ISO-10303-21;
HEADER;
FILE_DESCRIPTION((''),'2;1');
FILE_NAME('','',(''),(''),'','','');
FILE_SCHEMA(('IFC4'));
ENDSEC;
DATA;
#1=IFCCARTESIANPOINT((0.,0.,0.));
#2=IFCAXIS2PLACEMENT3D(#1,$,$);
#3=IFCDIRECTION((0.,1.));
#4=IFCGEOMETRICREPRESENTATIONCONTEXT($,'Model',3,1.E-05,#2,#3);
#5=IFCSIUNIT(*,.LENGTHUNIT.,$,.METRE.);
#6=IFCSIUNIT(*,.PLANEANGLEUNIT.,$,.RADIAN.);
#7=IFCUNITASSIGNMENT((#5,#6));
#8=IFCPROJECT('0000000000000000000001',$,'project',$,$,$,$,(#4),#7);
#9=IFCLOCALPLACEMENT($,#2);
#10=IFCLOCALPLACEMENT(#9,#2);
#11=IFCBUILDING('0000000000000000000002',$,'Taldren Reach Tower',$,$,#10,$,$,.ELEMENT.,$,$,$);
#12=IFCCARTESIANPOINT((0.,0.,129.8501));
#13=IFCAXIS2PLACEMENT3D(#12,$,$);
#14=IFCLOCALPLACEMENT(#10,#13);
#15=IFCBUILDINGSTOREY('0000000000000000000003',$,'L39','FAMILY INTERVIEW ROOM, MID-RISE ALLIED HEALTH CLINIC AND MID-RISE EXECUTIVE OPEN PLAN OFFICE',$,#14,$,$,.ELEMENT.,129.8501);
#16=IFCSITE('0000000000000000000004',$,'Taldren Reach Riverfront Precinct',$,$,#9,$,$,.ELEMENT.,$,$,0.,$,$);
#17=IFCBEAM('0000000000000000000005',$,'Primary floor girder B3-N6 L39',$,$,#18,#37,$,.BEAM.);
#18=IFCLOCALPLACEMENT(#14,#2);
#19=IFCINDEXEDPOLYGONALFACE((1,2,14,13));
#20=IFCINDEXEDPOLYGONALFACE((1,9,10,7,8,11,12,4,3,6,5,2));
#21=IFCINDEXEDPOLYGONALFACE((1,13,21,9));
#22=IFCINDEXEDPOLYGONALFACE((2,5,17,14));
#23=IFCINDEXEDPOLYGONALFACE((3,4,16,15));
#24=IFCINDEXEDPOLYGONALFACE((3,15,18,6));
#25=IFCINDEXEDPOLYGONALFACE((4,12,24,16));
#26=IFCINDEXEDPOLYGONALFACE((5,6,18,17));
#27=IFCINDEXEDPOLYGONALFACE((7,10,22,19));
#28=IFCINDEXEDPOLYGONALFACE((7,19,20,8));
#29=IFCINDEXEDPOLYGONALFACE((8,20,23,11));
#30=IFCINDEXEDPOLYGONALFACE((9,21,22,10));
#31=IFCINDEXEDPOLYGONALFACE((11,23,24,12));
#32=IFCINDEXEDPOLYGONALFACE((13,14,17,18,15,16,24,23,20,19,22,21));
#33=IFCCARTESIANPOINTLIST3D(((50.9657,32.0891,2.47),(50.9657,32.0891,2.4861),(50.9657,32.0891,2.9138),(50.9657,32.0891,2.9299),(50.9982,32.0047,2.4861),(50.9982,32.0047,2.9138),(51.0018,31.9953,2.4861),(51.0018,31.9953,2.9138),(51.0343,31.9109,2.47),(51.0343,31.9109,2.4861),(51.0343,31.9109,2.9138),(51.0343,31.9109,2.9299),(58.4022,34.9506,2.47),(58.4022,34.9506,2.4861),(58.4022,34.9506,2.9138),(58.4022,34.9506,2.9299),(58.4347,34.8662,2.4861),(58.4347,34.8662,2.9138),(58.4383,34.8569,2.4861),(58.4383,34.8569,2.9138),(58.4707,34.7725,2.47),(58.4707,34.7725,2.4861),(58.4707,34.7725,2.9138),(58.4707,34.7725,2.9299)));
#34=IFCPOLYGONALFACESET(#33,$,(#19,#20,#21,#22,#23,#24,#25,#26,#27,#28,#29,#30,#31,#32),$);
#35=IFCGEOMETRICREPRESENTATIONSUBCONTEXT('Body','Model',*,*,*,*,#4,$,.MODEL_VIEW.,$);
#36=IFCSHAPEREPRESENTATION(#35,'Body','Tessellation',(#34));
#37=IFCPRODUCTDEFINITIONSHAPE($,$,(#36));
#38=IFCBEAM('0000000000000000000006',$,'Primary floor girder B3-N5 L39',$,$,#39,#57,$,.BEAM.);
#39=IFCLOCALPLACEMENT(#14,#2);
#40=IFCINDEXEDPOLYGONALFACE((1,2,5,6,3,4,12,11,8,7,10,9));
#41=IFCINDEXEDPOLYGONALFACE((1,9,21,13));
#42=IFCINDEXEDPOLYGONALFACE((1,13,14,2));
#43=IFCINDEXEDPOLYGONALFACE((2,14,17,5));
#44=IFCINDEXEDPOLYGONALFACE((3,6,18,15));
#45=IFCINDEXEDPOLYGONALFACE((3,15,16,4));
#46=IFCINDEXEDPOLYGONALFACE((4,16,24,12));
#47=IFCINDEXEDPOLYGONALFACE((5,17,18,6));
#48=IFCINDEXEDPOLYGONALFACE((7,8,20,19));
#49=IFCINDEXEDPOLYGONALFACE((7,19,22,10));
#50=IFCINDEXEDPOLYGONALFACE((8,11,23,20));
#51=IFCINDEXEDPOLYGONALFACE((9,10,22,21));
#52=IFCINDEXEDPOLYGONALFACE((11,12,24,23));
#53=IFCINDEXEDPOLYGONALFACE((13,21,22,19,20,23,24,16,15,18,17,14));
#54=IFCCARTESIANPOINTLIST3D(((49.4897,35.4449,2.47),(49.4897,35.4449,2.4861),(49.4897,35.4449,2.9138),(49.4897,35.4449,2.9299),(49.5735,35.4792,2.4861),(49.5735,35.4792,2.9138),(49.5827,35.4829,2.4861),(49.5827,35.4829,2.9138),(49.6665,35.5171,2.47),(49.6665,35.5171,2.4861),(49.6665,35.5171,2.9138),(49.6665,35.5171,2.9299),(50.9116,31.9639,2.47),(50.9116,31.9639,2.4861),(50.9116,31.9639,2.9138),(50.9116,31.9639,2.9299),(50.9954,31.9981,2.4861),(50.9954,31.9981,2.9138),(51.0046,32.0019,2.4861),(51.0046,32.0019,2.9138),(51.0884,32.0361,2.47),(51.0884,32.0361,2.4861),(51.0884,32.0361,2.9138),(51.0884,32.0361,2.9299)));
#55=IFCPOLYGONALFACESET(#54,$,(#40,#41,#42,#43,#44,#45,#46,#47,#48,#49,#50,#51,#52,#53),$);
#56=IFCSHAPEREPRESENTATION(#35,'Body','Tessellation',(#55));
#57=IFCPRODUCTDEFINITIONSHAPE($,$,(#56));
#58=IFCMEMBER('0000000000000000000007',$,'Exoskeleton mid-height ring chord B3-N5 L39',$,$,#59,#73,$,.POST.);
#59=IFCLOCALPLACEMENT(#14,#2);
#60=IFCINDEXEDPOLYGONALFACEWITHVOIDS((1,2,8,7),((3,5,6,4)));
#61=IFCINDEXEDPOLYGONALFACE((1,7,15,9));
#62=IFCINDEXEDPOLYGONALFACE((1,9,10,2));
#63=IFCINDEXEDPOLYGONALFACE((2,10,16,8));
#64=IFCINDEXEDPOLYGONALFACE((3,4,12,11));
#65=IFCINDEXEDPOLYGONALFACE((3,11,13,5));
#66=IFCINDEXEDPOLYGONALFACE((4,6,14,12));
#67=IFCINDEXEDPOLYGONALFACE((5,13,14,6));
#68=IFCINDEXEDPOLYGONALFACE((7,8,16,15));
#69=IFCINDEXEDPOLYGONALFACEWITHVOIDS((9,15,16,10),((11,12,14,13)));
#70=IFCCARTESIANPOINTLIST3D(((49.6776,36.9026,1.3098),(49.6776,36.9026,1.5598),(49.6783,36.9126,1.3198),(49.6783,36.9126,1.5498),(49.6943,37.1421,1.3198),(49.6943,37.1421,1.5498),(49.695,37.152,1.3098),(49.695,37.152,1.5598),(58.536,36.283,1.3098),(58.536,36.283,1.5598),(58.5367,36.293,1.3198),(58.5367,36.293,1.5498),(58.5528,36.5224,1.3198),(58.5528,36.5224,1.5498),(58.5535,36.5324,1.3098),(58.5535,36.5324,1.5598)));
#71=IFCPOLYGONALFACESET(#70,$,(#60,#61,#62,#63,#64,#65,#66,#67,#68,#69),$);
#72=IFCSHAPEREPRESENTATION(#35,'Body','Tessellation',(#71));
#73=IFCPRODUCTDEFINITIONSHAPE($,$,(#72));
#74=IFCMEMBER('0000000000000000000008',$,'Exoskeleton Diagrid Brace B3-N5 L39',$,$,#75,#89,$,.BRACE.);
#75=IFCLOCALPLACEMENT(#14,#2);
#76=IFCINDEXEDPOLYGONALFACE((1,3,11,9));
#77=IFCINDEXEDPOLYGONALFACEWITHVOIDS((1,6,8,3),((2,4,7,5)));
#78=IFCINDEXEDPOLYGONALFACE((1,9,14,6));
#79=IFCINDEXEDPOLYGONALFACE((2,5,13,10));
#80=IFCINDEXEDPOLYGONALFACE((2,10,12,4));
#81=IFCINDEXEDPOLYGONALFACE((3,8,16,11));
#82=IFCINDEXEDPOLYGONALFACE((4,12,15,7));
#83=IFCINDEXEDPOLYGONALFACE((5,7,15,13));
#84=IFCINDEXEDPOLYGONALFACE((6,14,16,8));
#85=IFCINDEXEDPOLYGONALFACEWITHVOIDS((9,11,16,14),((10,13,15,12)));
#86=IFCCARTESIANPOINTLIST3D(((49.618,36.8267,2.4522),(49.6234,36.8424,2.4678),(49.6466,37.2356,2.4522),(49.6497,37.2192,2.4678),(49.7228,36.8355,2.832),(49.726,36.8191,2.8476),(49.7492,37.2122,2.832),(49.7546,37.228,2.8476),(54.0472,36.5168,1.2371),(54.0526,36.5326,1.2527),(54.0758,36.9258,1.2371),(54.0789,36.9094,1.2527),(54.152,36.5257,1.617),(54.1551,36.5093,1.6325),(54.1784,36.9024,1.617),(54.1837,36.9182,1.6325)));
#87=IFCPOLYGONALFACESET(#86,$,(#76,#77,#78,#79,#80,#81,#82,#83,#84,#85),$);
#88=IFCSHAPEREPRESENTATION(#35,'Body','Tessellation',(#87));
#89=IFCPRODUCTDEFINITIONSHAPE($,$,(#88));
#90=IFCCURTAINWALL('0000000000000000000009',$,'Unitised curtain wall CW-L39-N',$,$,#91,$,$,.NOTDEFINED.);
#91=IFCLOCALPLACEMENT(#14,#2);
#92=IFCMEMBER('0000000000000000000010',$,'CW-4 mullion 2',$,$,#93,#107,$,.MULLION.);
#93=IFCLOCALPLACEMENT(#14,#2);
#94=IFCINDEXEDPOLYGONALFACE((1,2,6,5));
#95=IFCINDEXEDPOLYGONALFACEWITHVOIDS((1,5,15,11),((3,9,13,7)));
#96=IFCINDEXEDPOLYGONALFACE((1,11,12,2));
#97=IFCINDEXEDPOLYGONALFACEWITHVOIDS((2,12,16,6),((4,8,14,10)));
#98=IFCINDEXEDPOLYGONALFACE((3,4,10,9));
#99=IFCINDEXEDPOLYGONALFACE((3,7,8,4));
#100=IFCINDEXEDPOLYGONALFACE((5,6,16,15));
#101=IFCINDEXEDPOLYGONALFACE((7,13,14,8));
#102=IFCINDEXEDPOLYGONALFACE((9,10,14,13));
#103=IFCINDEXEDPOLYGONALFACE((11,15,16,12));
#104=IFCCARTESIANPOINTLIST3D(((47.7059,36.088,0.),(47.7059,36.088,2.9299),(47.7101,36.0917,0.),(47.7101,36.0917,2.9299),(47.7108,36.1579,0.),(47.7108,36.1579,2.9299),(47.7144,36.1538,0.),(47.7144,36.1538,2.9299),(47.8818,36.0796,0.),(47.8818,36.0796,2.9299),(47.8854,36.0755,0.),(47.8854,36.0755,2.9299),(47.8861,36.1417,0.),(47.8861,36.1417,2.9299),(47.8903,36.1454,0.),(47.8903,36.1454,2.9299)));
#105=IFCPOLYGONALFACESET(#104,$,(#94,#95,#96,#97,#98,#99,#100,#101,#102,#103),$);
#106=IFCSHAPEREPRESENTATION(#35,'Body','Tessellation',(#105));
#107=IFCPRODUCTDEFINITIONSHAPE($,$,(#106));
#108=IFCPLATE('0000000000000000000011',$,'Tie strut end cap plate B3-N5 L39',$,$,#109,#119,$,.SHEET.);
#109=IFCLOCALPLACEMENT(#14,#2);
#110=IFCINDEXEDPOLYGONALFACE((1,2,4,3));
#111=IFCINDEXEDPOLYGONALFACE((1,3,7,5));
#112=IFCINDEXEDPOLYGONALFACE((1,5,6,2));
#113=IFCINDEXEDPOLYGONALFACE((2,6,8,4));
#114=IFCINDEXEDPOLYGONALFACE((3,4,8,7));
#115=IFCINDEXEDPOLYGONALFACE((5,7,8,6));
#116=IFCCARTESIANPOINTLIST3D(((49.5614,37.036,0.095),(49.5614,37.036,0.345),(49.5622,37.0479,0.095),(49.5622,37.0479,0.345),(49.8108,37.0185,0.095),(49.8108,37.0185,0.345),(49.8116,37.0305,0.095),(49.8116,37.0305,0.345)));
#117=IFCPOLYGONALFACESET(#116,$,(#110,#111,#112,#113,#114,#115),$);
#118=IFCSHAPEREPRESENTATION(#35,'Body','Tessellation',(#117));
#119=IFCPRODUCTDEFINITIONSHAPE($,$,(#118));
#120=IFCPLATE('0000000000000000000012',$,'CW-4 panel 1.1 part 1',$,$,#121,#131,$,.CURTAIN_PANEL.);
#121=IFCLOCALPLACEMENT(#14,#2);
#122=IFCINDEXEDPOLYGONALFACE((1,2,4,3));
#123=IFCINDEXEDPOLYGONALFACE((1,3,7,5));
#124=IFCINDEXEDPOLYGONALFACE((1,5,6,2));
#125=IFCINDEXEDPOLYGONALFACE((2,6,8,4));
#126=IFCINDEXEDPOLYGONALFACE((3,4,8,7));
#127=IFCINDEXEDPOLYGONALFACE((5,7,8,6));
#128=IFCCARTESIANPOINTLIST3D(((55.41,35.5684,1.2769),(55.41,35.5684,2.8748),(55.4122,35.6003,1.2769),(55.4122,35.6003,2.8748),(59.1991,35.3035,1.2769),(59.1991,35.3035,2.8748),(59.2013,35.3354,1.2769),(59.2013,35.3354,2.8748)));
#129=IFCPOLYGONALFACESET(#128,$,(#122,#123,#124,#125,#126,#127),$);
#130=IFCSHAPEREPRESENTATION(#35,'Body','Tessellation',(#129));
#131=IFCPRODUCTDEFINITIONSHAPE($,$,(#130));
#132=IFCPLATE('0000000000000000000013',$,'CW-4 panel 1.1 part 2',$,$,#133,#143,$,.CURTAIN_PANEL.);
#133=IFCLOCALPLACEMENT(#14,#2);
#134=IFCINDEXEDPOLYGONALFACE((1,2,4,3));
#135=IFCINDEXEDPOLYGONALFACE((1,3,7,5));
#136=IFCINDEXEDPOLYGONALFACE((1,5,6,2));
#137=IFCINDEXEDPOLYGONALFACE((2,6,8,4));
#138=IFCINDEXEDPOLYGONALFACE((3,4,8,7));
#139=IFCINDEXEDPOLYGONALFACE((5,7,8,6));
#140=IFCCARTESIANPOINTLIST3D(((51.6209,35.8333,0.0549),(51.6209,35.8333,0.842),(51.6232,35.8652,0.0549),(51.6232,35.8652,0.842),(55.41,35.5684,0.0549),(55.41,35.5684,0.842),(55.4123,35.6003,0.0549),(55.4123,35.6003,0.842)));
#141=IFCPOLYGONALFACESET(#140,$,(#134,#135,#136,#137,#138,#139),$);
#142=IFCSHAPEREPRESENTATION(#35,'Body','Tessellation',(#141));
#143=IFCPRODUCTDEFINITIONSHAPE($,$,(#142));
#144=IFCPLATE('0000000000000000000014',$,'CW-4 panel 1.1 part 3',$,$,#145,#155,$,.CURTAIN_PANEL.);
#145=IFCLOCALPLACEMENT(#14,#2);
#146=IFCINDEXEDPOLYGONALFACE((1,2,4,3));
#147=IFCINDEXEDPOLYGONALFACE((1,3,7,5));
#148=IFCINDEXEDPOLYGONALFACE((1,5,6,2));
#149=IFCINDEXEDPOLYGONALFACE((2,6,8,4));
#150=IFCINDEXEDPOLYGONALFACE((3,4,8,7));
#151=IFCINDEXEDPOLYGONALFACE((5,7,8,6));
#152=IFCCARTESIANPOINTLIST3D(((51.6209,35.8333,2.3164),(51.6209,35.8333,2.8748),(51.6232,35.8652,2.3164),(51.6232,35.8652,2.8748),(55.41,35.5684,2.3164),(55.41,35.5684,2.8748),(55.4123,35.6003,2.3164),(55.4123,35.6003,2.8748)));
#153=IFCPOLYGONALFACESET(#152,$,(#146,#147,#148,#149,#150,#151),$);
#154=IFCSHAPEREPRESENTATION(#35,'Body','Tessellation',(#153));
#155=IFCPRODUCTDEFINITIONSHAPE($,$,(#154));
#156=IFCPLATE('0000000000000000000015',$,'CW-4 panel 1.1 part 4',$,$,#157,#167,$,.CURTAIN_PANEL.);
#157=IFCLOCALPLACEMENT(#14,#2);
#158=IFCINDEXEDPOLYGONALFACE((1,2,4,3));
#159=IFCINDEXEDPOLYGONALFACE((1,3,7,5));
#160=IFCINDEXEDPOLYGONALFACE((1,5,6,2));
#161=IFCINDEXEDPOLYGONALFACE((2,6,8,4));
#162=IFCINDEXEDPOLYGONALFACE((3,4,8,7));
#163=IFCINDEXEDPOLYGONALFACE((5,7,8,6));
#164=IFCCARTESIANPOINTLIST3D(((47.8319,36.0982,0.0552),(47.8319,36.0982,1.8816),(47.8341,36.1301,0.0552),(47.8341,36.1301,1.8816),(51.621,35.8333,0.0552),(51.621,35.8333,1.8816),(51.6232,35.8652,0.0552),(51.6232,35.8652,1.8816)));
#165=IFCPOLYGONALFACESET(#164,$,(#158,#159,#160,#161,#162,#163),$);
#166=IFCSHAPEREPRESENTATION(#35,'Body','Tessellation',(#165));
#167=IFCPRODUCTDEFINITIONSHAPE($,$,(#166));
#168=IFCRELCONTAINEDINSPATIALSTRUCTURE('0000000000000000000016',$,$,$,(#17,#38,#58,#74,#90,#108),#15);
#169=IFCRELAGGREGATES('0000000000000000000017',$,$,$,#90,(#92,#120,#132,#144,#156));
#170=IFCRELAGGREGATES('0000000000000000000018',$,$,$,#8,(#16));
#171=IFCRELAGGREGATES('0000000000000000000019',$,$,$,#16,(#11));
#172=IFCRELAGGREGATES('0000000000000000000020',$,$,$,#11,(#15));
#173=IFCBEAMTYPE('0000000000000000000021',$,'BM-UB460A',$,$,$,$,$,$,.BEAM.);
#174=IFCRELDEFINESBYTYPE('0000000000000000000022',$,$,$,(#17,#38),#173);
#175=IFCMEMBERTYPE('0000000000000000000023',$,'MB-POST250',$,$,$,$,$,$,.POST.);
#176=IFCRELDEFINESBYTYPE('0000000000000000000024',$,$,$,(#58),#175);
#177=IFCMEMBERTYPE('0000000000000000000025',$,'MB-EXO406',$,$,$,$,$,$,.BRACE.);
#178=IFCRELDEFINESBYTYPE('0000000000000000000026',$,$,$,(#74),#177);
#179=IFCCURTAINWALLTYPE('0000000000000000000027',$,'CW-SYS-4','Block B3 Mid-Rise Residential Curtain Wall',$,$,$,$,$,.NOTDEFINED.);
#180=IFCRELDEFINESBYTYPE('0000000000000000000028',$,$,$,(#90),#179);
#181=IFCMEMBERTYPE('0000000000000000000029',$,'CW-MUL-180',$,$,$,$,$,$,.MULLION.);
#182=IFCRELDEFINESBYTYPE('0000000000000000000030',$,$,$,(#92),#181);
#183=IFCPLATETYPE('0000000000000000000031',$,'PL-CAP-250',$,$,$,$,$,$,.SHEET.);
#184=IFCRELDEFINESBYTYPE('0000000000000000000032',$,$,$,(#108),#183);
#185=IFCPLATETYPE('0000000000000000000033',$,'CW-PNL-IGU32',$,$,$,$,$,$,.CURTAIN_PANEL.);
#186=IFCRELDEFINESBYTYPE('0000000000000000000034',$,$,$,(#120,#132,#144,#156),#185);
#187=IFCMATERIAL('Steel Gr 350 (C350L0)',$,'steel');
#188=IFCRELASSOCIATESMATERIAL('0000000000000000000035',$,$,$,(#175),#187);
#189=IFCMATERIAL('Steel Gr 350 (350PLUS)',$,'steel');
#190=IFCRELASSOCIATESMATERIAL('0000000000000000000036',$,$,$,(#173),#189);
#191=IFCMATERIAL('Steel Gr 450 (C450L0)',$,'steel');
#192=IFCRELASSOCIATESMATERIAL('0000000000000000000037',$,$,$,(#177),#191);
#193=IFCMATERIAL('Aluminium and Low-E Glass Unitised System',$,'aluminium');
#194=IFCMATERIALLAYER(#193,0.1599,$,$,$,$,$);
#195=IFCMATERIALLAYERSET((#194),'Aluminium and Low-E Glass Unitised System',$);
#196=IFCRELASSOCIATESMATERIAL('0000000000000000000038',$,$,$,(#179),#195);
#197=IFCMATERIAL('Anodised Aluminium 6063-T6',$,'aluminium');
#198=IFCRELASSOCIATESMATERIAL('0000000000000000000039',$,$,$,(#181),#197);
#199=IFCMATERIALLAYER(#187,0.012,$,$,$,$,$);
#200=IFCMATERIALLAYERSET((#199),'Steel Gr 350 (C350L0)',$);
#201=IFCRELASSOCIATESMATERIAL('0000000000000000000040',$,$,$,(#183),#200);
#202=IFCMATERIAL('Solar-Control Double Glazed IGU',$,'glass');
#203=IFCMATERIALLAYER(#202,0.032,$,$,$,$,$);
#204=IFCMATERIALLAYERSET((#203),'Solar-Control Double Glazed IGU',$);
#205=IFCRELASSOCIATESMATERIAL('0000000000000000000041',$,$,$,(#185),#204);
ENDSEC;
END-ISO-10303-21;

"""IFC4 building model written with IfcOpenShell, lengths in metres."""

from ifc_helpers import new_model, si_unit, direction, frame, origin, origin_2d, place, context, subcontext, project, spatial, rectangle, hollow_rectangle, i_section, extrude, source, transform, mapped, material, layer, layer_set, material_profile, profile_set, type_object, element, aggregate, save


model = new_model("IFC4")

# Units and contexts
model_context = context("Model", 3, precision=1e-05, world=origin(), true_north=direction((0.0, 1.0)))
body_context = subcontext(model_context, "Body", "Model", "MODEL_VIEW")
ifc_project = project(units=[si_unit("LENGTHUNIT", "METRE"), si_unit("PLANEANGLEUNIT", "RADIAN")], contexts=[model_context])

# Site, building, storey
site_placement = place(None, origin())
site = spatial("IfcSite", under=ifc_project, at=site_placement, Name="Taldren Reach Riverfront Precinct", CompositionType="ELEMENT", RefElevation=0.0)
building_placement = place(site_placement, origin())
building = spatial("IfcBuilding", under=site, at=building_placement, Name="Taldren Reach Tower", CompositionType="ELEMENT")
storey_placement = place(building_placement, frame((0.0, 0.0, 129.8501)))
storey = spatial("IfcBuildingStorey", under=building, at=storey_placement, Name="L39", Description="FAMILY INTERVIEW ROOM, MID-RISE ALLIED HEALTH CLINIC AND MID-RISE EXECUTIVE OPEN PLAN OFFICE", CompositionType="ELEMENT", Elevation=129.8501)

# Shared definitions
ifc_material_1 = material(Name="Steel Gr 450 (C450L0)", Category="steel")
ifc_material_2 = material(Name="Steel Gr 350 (350PLUS)", Category="steel")

# Shared definitions
ifc_material_3 = material(Name="Steel Gr 350 (C350L0)", Category="steel")
ifc_material_profile_1 = material_profile(ifc_material_3, hollow_rectangle(XDim=0.25, YDim=0.25, WallThickness=0.01, at=origin_2d()), Name="250x250x10.0SHS")
ifc_profile_set_1 = profile_set([ifc_material_profile_1], Name="Steel Gr 350 (C350L0)")
member_type_1 = type_object("IfcMemberType", Name="MB-POST250", PredefinedType="POST", material=ifc_profile_set_1)

# Beams
ifc_material_profile_2 = material_profile(ifc_material_2, i_section(OverallWidth=0.1909, OverallDepth=0.46, WebThickness=0.01, FlangeThickness=0.0161, at=origin_2d()), Name="460UB82.1")
ifc_profile_set_2 = profile_set([ifc_material_profile_2], Name="Steel Gr 350 (350PLUS)")
beam_type_1 = type_object("IfcBeamType", Name="BM-UB460A", PredefinedType="BEAM", material=ifc_profile_set_2)
shared_shape_1 = source(origin(), body_context, "Body", "SweptSolid", [
    extrude(i_section(OverallWidth=0.1909, OverallDepth=0.46, WebThickness=0.01, FlangeThickness=0.0161, at=origin_2d()), origin(), (0.0, 0.0, 1.0), 7.968),
])
beam_1_placement = place(storey_placement, frame((51.0, 32.0, 2.7), z_axis=(0.933288, 0.359129, 0.0), x_axis=(-0.359129, 0.933288, 0.0)))
element("IfcBeam", 1, at=beam_1_placement, inside=storey, type_object=beam_type_1, Name="Primary floor girder B3-N6 L39", PredefinedType="BEAM", context=body_context, shape_type="MappedRepresentation", body=[
    mapped(shared_shape_1, transform((0.0, 0.0, 0.0), scale=1.0)),
])
shared_shape_2 = source(origin(), body_context, "Body", "SweptSolid", [
    extrude(i_section(OverallWidth=0.1909, OverallDepth=0.46, WebThickness=0.01, FlangeThickness=0.0161, at=origin_2d()), origin(), (0.0, 0.0, 1.0), 3.7603),
])
beam_2_placement = place(storey_placement, frame((51.0, 32.0, 2.7), z_axis=(-0.378142, 0.925747, 0.0), x_axis=(-0.925747, -0.378142, 0.0)))
element("IfcBeam", 2, at=beam_2_placement, inside=storey, type_object=beam_type_1, Name="Primary floor girder B3-N5 L39", PredefinedType="BEAM", context=body_context, shape_type="MappedRepresentation", body=[
    mapped(shared_shape_2, transform((0.0, 0.0, 0.0), scale=1.0)),
])

# Members
shared_shape_3 = source(origin(), body_context, "Body", "SweptSolid", [
    extrude(hollow_rectangle(XDim=0.25, YDim=0.25, WallThickness=0.01, at=origin_2d()), origin(), (0.0, 0.0, 1.0), 8.8801),
])
member_1_placement = place(storey_placement, frame((49.6863, 37.0273, 1.4348), z_axis=(0.997563, -0.069778, 0.0), x_axis=(0.069778, 0.997563, 0.0)))
element("IfcMember", 3, at=member_1_placement, inside=storey, type_object=member_type_1, Name="Exoskeleton mid-height ring chord B3-N5 L39", PredefinedType="POST", context=body_context, shape_type="MappedRepresentation", body=[
    mapped(shared_shape_3, transform((0.0, 0.0, 0.0), scale=1.0)),
])
ifc_material_profile_3 = material_profile(ifc_material_1, hollow_rectangle(XDim=0.4099, YDim=0.4099, WallThickness=0.0161, at=origin_2d()), Name="410x410x16.0SHS")
ifc_profile_set_3 = profile_set([ifc_material_profile_3], Name="Steel Gr 450 (C450L0)")
member_type_2 = type_object("IfcMemberType", Name="MB-EXO406", PredefinedType="BRACE", material=ifc_profile_set_3)
shared_shape_4 = source(origin(), body_context, "Body", "SweptSolid", [
    extrude(hollow_rectangle(XDim=0.4099, YDim=0.4099, WallThickness=0.0161, at=origin_2d()), origin(), (0.0, 0.0, 1.0), 4.6033),
])
member_2_placement = place(storey_placement, frame((54.1155, 36.7175, 1.4348), z_axis=(-0.962182, 0.067303, 0.263961), x_axis=(-0.069778, -0.997563, 0.0)))
element("IfcMember", 4, at=member_2_placement, inside=storey, type_object=member_type_2, Name="Exoskeleton Diagrid Brace B3-N5 L39", PredefinedType="BRACE", context=body_context, shape_type="MappedRepresentation", body=[
    mapped(shared_shape_4, transform((0.0, 0.0, 0.0), scale=1.0)),
])

# Curtain wall, member
ifc_material_4 = material(Name="Aluminium and Low-E Glass Unitised System", Category="aluminium")
ifc_layer_1 = layer(ifc_material_4, 0.1599)
ifc_layer_set_1 = layer_set([ifc_layer_1], Name="Aluminium and Low-E Glass Unitised System")
curtain_wall_type = type_object("IfcCurtainWallType", Name="CW-SYS-4", Description="Block B3 Mid-Rise Residential Curtain Wall", PredefinedType="NOTDEFINED", material=ifc_layer_set_1)
curtain_wall_placement = place(storey_placement, origin())
curtain_wall = element("IfcCurtainWall", 5, at=curtain_wall_placement, inside=storey, type_object=curtain_wall_type, Name="Unitised curtain wall CW-L39-N", PredefinedType="NOTDEFINED")
ifc_material_5 = material(Name="Anodised Aluminium 6063-T6", Category="aluminium")
ifc_material_profile_4 = material_profile(ifc_material_5, hollow_rectangle(XDim=0.0701, YDim=0.1799, WallThickness=0.0039, at=origin_2d()), Name="ALU-180x70x4RHS")
ifc_profile_set_4 = profile_set([ifc_material_profile_4], Name="Anodised Aluminium 6063-T6")
member_type_3 = type_object("IfcMemberType", Name="CW-MUL-180", PredefinedType="MULLION", material=ifc_profile_set_4)
shared_shape_5 = source(origin(), body_context, "Body", "SweptSolid", [
    extrude(hollow_rectangle(XDim=0.0701, YDim=0.1799, WallThickness=0.0039, at=origin_2d()), origin(), (0.0, 0.0, 1.0), 2.9299),
])
member_3_placement = place(storey_placement, frame((47.7981, 36.1167, 0.0), z_axis=(0.0, 0.0, 1.0), x_axis=(-0.069757, -0.997564, 0.0)))
member_3 = element("IfcMember", 6, at=member_3_placement, type_object=member_type_3, Name="CW-4 mullion 2", PredefinedType="MULLION", context=body_context, shape_type="MappedRepresentation", body=[
    mapped(shared_shape_5, transform((0.0, 0.0, 0.0), scale=1.0)),
])

# Plates
ifc_layer_2 = layer(ifc_material_3, 0.012)
ifc_layer_set_2 = layer_set([ifc_layer_2], Name="Steel Gr 350 (C350L0)")
plate_type_1 = type_object("IfcPlateType", Name="PL-CAP-250", PredefinedType="SHEET", material=ifc_layer_set_2)
shared_shape_6 = source(origin(), body_context, "Body", "SweptSolid", [
    extrude(rectangle(XDim=0.25, YDim=0.012, at=origin_2d()), origin(), (0.0, 0.0, 1.0), 0.25),
])
plate_1_placement = place(storey_placement, frame((49.6865, 37.0332, 0.095), z_axis=(0.0, 0.0, 1.0), x_axis=(0.997564, -0.069756, 0.0)))
element("IfcPlate", 7, at=plate_1_placement, inside=storey, type_object=plate_type_1, Name="Tie strut end cap plate B3-N5 L39", PredefinedType="SHEET", context=body_context, shape_type="MappedRepresentation", body=[
    mapped(shared_shape_6, transform((0.0, 0.0, 0.0), scale=1.0)),
])
ifc_material_6 = material(Name="Solar-Control Double Glazed IGU", Category="glass")
ifc_layer_3 = layer(ifc_material_6, 0.032)
ifc_layer_set_3 = layer_set([ifc_layer_3], Name="Solar-Control Double Glazed IGU")
plate_type_2 = type_object("IfcPlateType", Name="CW-PNL-IGU32", PredefinedType="CURTAIN_PANEL", material=ifc_layer_set_3)
shared_shape_7 = source(origin(), body_context, "Body", "SweptSolid", [
    extrude(rectangle(XDim=3.7983, YDim=0.032, at=origin_2d()), origin(), (0.0, 0.0, 1.0), 1.5979),
])
plate_2_placement = place(storey_placement, frame((57.3057, 35.4519, 1.2769), z_axis=(0.0, 0.0, 1.0), x_axis=(-0.997564, 0.069757, 0.0)))
plate_2 = element("IfcPlate", 8, at=plate_2_placement, type_object=plate_type_2, Name="CW-4 panel 1.1 part 1", PredefinedType="CURTAIN_PANEL", context=body_context, shape_type="MappedRepresentation", body=[
    mapped(shared_shape_7, transform((0.0, 0.0, 0.0), scale=1.0)),
])
shared_shape_8 = source(origin(), body_context, "Body", "SweptSolid", [
    extrude(rectangle(XDim=3.7983, YDim=0.032, at=origin_2d()), origin(), (0.0, 0.0, 1.0), 0.7871),
])
plate_3_placement = place(storey_placement, frame((53.5166, 35.7168, 0.0549), z_axis=(0.0, 0.0, 1.0), x_axis=(-0.997564, 0.069757, 0.0)))
plate_3 = element("IfcPlate", 9, at=plate_3_placement, type_object=plate_type_2, Name="CW-4 panel 1.1 part 2", PredefinedType="CURTAIN_PANEL", context=body_context, shape_type="MappedRepresentation", body=[
    mapped(shared_shape_8, transform((0.0, 0.0, 0.0), scale=1.0)),
])
shared_shape_9 = source(origin(), body_context, "Body", "SweptSolid", [
    extrude(rectangle(XDim=3.7983, YDim=0.032, at=origin_2d()), origin(), (0.0, 0.0, 1.0), 0.5583),
])
plate_4_placement = place(storey_placement, frame((53.5166, 35.7168, 2.3164), z_axis=(0.0, 0.0, 1.0), x_axis=(-0.997564, 0.069757, 0.0)))
plate_4 = element("IfcPlate", 10, at=plate_4_placement, type_object=plate_type_2, Name="CW-4 panel 1.1 part 3", PredefinedType="CURTAIN_PANEL", context=body_context, shape_type="MappedRepresentation", body=[
    mapped(shared_shape_9, transform((0.0, 0.0, 0.0), scale=1.0)),
])
shared_shape_10 = source(origin(), body_context, "Body", "SweptSolid", [
    extrude(rectangle(XDim=3.7983, YDim=0.032, at=origin_2d()), origin(), (0.0, 0.0, 1.0), 1.8264),
])
plate_5_placement = place(storey_placement, frame((49.7275, 35.9817, 0.0552), z_axis=(0.0, 0.0, 1.0), x_axis=(-0.997564, 0.069757, 0.0)))
plate_5 = element("IfcPlate", 11, at=plate_5_placement, type_object=plate_type_2, Name="CW-4 panel 1.1 part 4", PredefinedType="CURTAIN_PANEL", context=body_context, shape_type="MappedRepresentation", body=[
    mapped(shared_shape_10, transform((0.0, 0.0, 0.0), scale=1.0)),
])
aggregate(curtain_wall, [member_3, plate_2, plate_3, plate_4, plate_5])

save(model, "model.ifc")
